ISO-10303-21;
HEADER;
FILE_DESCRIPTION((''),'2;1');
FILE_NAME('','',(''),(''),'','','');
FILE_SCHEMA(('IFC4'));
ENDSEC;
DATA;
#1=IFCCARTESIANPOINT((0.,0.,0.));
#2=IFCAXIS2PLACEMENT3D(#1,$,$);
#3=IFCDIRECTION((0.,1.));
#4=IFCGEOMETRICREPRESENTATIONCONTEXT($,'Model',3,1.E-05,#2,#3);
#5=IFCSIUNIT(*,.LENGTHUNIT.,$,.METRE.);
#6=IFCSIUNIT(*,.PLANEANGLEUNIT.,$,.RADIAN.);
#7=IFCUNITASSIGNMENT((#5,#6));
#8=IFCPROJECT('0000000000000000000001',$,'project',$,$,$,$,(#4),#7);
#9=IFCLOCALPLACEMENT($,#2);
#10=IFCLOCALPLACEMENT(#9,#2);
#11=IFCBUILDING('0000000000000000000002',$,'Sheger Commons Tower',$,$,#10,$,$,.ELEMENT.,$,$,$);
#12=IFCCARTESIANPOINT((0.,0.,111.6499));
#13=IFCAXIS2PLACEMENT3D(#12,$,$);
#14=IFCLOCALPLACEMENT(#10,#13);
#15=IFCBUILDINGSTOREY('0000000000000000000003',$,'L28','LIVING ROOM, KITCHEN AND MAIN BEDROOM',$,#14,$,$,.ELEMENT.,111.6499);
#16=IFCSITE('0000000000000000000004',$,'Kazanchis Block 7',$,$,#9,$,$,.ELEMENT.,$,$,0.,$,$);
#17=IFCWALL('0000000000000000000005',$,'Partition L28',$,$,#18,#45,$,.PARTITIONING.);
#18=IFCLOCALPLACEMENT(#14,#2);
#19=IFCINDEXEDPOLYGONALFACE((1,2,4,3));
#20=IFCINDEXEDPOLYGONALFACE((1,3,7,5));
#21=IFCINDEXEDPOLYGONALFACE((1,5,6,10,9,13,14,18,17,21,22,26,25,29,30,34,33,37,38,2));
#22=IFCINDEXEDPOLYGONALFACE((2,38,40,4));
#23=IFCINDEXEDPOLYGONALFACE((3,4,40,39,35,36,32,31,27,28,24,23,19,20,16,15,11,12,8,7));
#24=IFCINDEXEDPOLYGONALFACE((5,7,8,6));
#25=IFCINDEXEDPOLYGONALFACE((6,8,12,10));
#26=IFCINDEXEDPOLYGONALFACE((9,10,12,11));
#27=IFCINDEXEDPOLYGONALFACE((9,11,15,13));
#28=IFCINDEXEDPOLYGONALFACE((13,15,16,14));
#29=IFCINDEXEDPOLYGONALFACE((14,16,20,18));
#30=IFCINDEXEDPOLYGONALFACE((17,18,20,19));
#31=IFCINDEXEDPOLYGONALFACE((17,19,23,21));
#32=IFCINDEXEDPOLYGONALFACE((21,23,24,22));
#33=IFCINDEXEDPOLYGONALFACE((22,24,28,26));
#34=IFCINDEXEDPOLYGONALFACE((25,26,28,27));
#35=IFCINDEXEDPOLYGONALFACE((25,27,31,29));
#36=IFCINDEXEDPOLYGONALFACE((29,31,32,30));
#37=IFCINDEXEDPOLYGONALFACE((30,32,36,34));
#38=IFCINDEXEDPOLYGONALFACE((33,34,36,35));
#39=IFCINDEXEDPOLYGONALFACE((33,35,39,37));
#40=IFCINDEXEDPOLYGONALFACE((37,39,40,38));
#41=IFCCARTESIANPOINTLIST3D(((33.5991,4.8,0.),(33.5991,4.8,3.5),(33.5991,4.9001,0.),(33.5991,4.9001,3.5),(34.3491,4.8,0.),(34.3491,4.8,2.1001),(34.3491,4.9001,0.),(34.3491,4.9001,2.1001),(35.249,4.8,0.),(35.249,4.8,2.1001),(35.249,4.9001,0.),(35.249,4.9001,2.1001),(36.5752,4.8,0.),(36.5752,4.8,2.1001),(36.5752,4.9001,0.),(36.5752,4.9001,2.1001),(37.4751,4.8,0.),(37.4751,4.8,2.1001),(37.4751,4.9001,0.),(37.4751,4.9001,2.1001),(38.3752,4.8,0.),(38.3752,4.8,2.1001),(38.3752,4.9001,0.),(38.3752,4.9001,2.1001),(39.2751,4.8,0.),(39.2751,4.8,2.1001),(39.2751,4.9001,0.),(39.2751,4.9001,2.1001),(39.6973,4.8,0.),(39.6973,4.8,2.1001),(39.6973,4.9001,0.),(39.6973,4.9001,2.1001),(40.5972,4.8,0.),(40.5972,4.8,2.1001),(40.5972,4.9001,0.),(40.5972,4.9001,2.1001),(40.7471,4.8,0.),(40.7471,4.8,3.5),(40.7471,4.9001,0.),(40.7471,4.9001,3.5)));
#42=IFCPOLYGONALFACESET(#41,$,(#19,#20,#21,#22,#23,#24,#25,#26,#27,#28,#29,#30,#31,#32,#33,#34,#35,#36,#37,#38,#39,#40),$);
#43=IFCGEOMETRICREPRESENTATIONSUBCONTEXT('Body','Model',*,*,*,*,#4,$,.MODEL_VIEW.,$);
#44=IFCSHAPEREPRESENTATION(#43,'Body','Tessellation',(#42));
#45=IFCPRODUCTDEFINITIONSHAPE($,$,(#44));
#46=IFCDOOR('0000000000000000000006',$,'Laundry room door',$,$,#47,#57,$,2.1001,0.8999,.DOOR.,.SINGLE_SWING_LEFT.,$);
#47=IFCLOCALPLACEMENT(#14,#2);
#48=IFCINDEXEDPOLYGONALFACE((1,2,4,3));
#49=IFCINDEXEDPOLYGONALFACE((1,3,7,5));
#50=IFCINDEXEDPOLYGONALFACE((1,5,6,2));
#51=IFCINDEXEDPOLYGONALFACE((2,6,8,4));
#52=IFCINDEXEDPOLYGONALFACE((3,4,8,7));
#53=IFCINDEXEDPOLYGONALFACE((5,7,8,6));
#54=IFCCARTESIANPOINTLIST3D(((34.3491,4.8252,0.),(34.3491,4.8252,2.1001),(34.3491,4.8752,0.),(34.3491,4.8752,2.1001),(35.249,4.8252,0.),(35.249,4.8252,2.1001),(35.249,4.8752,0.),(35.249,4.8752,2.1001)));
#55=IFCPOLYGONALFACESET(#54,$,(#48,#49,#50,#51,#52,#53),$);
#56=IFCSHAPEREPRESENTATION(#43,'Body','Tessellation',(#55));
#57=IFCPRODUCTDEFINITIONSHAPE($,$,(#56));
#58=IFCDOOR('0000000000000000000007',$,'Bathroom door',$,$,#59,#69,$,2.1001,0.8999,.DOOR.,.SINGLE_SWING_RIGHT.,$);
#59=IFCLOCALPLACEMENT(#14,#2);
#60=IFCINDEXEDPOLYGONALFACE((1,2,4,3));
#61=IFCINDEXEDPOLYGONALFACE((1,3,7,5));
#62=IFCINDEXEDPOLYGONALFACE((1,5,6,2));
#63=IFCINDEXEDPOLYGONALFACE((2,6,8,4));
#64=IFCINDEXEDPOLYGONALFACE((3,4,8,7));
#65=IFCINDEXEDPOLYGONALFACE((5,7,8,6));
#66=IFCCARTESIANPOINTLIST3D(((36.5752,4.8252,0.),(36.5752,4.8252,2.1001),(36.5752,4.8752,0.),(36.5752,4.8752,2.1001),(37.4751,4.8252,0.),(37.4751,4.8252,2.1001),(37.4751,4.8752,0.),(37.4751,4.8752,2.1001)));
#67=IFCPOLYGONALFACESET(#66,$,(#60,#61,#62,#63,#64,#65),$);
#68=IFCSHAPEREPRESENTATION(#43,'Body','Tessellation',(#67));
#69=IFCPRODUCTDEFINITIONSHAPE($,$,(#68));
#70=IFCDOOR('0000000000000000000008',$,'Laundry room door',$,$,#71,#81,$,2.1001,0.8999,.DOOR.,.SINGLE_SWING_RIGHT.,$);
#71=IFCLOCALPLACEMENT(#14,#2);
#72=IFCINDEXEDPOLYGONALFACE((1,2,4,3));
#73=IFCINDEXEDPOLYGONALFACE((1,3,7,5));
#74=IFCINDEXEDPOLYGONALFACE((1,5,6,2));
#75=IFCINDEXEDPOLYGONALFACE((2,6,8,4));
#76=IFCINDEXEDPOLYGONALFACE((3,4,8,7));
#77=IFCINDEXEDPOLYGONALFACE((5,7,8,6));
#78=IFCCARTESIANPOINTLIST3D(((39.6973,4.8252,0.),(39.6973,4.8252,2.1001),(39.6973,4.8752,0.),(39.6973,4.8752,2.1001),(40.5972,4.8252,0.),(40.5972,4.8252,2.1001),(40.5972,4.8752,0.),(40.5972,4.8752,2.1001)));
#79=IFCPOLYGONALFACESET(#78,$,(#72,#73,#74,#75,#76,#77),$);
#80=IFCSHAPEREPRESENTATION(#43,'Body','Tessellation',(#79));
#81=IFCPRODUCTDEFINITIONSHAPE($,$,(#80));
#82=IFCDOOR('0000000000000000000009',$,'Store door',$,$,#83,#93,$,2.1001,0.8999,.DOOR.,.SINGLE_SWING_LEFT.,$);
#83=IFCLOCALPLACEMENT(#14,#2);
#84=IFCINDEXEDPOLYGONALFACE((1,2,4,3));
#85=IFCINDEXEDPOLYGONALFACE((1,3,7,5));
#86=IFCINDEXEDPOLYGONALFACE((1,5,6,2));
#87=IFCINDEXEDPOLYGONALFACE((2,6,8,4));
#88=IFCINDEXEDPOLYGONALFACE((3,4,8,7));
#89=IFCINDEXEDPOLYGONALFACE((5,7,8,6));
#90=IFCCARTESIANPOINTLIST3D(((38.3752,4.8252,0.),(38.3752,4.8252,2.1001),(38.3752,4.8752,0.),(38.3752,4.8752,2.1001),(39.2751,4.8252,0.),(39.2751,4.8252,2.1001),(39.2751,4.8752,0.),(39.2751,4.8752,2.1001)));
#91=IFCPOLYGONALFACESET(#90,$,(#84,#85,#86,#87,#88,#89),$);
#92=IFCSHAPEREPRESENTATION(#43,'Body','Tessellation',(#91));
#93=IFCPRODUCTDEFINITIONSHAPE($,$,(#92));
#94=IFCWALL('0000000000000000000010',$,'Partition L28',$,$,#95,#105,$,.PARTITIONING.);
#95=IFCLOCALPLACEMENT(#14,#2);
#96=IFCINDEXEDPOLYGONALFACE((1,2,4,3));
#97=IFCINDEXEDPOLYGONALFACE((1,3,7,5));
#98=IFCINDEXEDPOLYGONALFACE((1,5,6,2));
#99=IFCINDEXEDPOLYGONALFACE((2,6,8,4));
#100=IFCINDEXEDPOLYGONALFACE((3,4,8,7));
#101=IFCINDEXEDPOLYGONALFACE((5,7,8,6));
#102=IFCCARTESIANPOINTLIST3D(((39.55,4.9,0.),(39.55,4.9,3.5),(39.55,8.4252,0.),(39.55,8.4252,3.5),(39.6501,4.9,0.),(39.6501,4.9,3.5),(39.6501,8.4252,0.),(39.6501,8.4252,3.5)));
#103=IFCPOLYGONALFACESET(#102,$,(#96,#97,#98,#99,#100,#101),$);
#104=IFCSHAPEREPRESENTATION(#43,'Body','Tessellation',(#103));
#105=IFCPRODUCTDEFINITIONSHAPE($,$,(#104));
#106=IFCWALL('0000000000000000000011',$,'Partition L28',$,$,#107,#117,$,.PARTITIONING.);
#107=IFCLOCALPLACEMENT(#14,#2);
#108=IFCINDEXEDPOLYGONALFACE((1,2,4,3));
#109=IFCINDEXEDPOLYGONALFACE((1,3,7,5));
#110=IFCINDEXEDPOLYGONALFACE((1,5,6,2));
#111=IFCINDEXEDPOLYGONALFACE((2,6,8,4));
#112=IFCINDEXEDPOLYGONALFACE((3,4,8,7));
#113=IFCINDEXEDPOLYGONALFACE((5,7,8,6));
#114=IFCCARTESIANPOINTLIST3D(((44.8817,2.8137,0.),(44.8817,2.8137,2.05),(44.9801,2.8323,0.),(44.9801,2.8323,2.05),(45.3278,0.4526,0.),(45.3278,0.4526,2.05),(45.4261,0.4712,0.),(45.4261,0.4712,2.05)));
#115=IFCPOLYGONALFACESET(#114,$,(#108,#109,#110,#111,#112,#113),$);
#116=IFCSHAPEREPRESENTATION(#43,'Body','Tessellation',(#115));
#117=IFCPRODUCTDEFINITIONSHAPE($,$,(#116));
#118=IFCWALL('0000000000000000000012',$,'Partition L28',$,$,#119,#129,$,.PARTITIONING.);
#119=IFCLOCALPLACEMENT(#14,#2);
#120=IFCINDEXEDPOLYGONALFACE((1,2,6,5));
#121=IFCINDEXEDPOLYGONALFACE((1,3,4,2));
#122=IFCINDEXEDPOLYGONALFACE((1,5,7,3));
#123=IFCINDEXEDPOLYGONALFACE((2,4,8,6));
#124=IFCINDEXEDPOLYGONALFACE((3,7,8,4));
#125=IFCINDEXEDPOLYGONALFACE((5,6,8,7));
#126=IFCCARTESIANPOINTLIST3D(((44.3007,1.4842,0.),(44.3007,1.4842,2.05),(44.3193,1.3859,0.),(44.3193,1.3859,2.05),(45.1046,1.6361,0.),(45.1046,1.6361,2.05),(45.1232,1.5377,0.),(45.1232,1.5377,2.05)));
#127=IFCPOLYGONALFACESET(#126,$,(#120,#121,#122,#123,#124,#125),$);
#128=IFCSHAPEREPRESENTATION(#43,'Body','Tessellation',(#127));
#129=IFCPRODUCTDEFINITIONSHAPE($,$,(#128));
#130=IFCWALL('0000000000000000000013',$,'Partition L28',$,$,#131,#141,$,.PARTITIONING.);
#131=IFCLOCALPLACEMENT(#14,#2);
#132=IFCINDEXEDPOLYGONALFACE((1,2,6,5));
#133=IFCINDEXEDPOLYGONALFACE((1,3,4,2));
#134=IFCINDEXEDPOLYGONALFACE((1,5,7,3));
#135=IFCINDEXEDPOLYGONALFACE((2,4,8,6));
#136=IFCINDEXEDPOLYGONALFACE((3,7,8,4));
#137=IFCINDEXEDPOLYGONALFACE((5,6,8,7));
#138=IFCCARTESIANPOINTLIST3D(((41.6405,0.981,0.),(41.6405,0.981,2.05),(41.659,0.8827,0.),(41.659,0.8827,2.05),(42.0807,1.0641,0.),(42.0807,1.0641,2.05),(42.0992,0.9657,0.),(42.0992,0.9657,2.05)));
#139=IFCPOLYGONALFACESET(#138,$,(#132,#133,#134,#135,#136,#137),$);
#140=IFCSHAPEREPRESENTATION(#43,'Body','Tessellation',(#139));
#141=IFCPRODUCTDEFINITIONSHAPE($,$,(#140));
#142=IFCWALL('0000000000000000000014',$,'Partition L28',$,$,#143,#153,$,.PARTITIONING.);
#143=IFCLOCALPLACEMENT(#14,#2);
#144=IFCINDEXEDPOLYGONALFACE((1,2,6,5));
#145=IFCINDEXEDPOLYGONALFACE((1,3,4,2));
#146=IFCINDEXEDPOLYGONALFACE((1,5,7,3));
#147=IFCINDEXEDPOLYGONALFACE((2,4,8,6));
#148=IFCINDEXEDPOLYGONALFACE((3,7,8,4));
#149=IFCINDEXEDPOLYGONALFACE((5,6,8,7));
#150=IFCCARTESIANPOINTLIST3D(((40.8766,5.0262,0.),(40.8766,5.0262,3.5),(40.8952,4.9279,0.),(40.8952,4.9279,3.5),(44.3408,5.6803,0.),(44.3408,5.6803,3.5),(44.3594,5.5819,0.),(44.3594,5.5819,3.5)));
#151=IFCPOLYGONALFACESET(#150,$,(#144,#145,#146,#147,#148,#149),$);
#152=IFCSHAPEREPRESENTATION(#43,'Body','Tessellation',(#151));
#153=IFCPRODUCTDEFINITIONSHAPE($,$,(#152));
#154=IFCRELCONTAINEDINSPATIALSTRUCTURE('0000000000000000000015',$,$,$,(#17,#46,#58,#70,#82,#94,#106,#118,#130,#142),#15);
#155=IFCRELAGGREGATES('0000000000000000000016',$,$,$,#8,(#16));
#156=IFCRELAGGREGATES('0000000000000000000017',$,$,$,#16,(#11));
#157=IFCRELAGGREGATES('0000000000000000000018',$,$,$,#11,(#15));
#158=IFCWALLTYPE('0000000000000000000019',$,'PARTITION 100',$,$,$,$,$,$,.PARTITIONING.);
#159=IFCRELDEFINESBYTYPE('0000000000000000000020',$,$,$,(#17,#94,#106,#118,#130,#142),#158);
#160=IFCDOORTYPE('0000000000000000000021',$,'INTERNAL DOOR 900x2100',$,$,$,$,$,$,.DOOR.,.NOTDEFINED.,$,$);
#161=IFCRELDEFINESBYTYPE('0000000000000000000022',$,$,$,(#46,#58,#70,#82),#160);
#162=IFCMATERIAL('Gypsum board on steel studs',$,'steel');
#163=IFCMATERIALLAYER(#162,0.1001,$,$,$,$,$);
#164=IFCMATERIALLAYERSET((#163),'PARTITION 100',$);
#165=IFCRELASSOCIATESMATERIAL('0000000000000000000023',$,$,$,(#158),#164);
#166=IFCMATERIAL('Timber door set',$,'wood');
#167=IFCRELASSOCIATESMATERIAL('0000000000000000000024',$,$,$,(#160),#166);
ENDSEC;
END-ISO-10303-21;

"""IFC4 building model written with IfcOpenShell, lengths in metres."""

from ifc_helpers import new_model, si_unit, direction, frame, frame_2d, origin, place, context, subcontext, project, spatial, rectangle, extrude, material, layer, layer_set, type_object, element, fill, save


model = new_model("IFC4")

# Units and contexts
model_context = context("Model", 3, precision=1e-05, world=origin(), true_north=direction((0.0, 1.0)))
body_context = subcontext(model_context, "Body", "Model", "MODEL_VIEW")
ifc_project = project(units=[si_unit("LENGTHUNIT", "METRE"), si_unit("PLANEANGLEUNIT", "RADIAN")], contexts=[model_context])

# Site, building, storey
site_placement = place(None, origin())
site = spatial("IfcSite", under=ifc_project, at=site_placement, Name="Kazanchis Block 7", CompositionType="ELEMENT", RefElevation=0.0)
building_placement = place(site_placement, origin())
building = spatial("IfcBuilding", under=site, at=building_placement, Name="Sheger Commons Tower", CompositionType="ELEMENT")
storey_placement = place(building_placement, frame((0.0, 0.0, 111.6499)))
storey = spatial("IfcBuildingStorey", under=building, at=storey_placement, Name="L28", Description="LIVING ROOM, KITCHEN AND MAIN BEDROOM", CompositionType="ELEMENT", Elevation=111.6499)

# Wall, openings, doors
ifc_material_1 = material(Name="Gypsum board on steel studs", Category="steel")
ifc_layer_1 = layer(ifc_material_1, 0.1001)
ifc_layer_set_1 = layer_set([ifc_layer_1], Name="PARTITION 100")
wall_type = type_object("IfcWallType", Name="PARTITION 100", PredefinedType="PARTITIONING", material=ifc_layer_set_1)
ifc_material_2 = material(Name="Timber door set", Category="wood")
door_type = type_object("IfcDoorType", Name="INTERNAL DOOR 900x2100", OperationType="NOTDEFINED", PredefinedType="DOOR", material=ifc_material_2)
wall_1_placement = place(storey_placement, frame((40.7471, 4.8501, 0.0), z_axis=(0.0, 0.0, 1.0), x_axis=(-1.0, 0.0, 0.0)))
wall_1 = element("IfcWall", 1, at=wall_1_placement, inside=storey, type_object=wall_type, Name="Partition L28", PredefinedType="PARTITIONING", context=body_context, shape_type="SweptSolid", body=[
    extrude(rectangle(XDim=7.1479, YDim=0.1001, at=frame_2d((3.574, 0.0))), origin(), (0.0, 0.0, 1.0), 3.5),
])
opening_1_placement = place(wall_1_placement, frame((5.498, 0.0, 0.0)))
opening_1 = element("IfcOpeningElement", 2, at=opening_1_placement, cuts=wall_1, PredefinedType="OPENING", context=body_context, shape_type="SweptSolid", body=[
    extrude(rectangle(XDim=0.8999, YDim=2.1001, at=frame_2d((0.45, 1.05))), frame((0.0, 0.0601, 0.0), z_axis=(0.0, -1.0, 0.0), x_axis=(1.0, 0.0, 0.0)), (0.0, 0.0, 1.0), 0.1201),
])
opening_2_placement = place(wall_1_placement, frame((3.272, 0.0, 0.0)))
opening_2 = element("IfcOpeningElement", 3, at=opening_2_placement, cuts=wall_1, PredefinedType="OPENING", context=body_context, shape_type="SweptSolid", body=[
    extrude(rectangle(XDim=0.8999, YDim=2.1001, at=frame_2d((0.45, 1.05))), frame((0.0, 0.0601, 0.0), z_axis=(0.0, -1.0, 0.0), x_axis=(1.0, 0.0, 0.0)), (0.0, 0.0, 1.0), 0.1201),
])
opening_3_placement = place(wall_1_placement, frame((0.1499, 0.0, 0.0)))
opening_3 = element("IfcOpeningElement", 4, at=opening_3_placement, cuts=wall_1, PredefinedType="OPENING", context=body_context, shape_type="SweptSolid", body=[
    extrude(rectangle(XDim=0.8999, YDim=2.1001, at=frame_2d((0.45, 1.05))), frame((0.0, 0.0601, 0.0), z_axis=(0.0, -1.0, 0.0), x_axis=(1.0, 0.0, 0.0)), (0.0, 0.0, 1.0), 0.1201),
])
opening_4_placement = place(wall_1_placement, frame((1.4719, 0.0, 0.0)))
opening_4 = element("IfcOpeningElement", 5, at=opening_4_placement, cuts=wall_1, PredefinedType="OPENING", context=body_context, shape_type="SweptSolid", body=[
    extrude(rectangle(XDim=0.8999, YDim=2.1001, at=frame_2d((0.45, 1.05))), frame((0.0, 0.0601, 0.0), z_axis=(0.0, -1.0, 0.0), x_axis=(1.0, 0.0, 0.0)), (0.0, 0.0, 1.0), 0.1201),
])
door_1_placement = place(opening_1_placement, origin())
door_1 = element("IfcDoor", 6, at=door_1_placement, inside=storey, type_object=door_type, Name="Laundry room door", OperationType="SINGLE_SWING_LEFT", OverallHeight=2.1001, OverallWidth=0.8999, PredefinedType="DOOR", context=body_context, shape_type="SweptSolid", body=[
    extrude(rectangle(XDim=0.8999, YDim=2.1001, at=frame_2d((0.45, 1.05))), frame((0.0, 0.0249, 0.0), z_axis=(0.0, -1.0, 0.0), x_axis=(1.0, 0.0, 0.0)), (0.0, 0.0, 1.0), 0.05),
])
fill(opening_1, door_1)
door_2_placement = place(opening_2_placement, origin())
door_2 = element("IfcDoor", 7, at=door_2_placement, inside=storey, type_object=door_type, Name="Bathroom door", OperationType="SINGLE_SWING_RIGHT", OverallHeight=2.1001, OverallWidth=0.8999, PredefinedType="DOOR", context=body_context, shape_type="SweptSolid", body=[
    extrude(rectangle(XDim=0.8999, YDim=2.1001, at=frame_2d((0.45, 1.05))), frame((0.0, 0.0249, 0.0), z_axis=(0.0, -1.0, 0.0), x_axis=(1.0, 0.0, 0.0)), (0.0, 0.0, 1.0), 0.05),
])
fill(opening_2, door_2)
door_3_placement = place(opening_3_placement, origin())
door_3 = element("IfcDoor", 8, at=door_3_placement, inside=storey, type_object=door_type, Name="Laundry room door", OperationType="SINGLE_SWING_RIGHT", OverallHeight=2.1001, OverallWidth=0.8999, PredefinedType="DOOR", context=body_context, shape_type="SweptSolid", body=[
    extrude(rectangle(XDim=0.8999, YDim=2.1001, at=frame_2d((0.45, 1.05))), frame((0.0, 0.0249, 0.0), z_axis=(0.0, -1.0, 0.0), x_axis=(1.0, 0.0, 0.0)), (0.0, 0.0, 1.0), 0.05),
])
fill(opening_3, door_3)
door_4_placement = place(opening_4_placement, origin())
door_4 = element("IfcDoor", 9, at=door_4_placement, inside=storey, type_object=door_type, Name="Store door", OperationType="SINGLE_SWING_LEFT", OverallHeight=2.1001, OverallWidth=0.8999, PredefinedType="DOOR", context=body_context, shape_type="SweptSolid", body=[
    extrude(rectangle(XDim=0.8999, YDim=2.1001, at=frame_2d((0.45, 1.05))), frame((0.0, 0.0249, 0.0), z_axis=(0.0, -1.0, 0.0), x_axis=(1.0, 0.0, 0.0)), (0.0, 0.0, 1.0), 0.05),
])
fill(opening_4, door_4)

# Walls
wall_2_placement = place(storey_placement, frame((39.6001, 4.8999, 0.0), z_axis=(0.0, 0.0, 1.0), x_axis=(0.0, 1.0, 0.0)))
element("IfcWall", 10, at=wall_2_placement, inside=storey, type_object=wall_type, Name="Partition L28", PredefinedType="PARTITIONING", context=body_context, shape_type="SweptSolid", body=[
    extrude(rectangle(XDim=3.5251, YDim=0.1001, at=frame_2d((1.7627, 0.0))), origin(), (0.0, 0.0, 1.0), 3.5),
])
wall_3_placement = place(storey_placement, frame((44.9309, 2.823, 0.0), z_axis=(0.0, 0.0, 1.0), x_axis=(0.185632, -0.982619, 0.0)))
element("IfcWall", 11, at=wall_3_placement, inside=storey, type_object=wall_type, Name="Partition L28", PredefinedType="PARTITIONING", context=body_context, shape_type="SweptSolid", body=[
    extrude(rectangle(XDim=2.4028, YDim=0.1001, at=frame_2d((1.2014, 0.0))), origin(), (0.0, 0.0, 1.0), 2.05),
])
wall_4_placement = place(storey_placement, frame((45.114, 1.5869, 0.0), z_axis=(0.0, 0.0, 1.0), x_axis=(-0.982625, -0.185604, 0.0)))
element("IfcWall", 12, at=wall_4_placement, inside=storey, type_object=wall_type, Name="Partition L28", PredefinedType="PARTITIONING", context=body_context, shape_type="SweptSolid", body=[
    extrude(rectangle(XDim=0.8181, YDim=0.1001, at=frame_2d((0.4092, 0.0))), origin(), (0.0, 0.0, 1.0), 2.05),
])
wall_5_placement = place(storey_placement, frame((42.0901, 1.0149, 0.0), z_axis=(0.0, 0.0, 1.0), x_axis=(-0.98268, -0.185309, 0.0)))
element("IfcWall", 13, at=wall_5_placement, inside=storey, type_object=wall_type, Name="Partition L28", PredefinedType="PARTITIONING", context=body_context, shape_type="SweptSolid", body=[
    extrude(rectangle(XDim=0.448, YDim=0.1001, at=frame_2d((0.2241, 0.0))), origin(), (0.0, 0.0, 1.0), 2.05),
])
wall_6_placement = place(storey_placement, frame((44.3501, 5.6311, 0.0), z_axis=(0.0, 0.0, 1.0), x_axis=(-0.982639, -0.18553, 0.0)))
element("IfcWall", 14, at=wall_6_placement, inside=storey, type_object=wall_type, Name="Partition L28", PredefinedType="PARTITIONING", context=body_context, shape_type="SweptSolid", body=[
    extrude(rectangle(XDim=3.5254, YDim=0.1001, at=frame_2d((1.7627, 0.0))), origin(), (0.0, 0.0, 1.0), 3.5),
])

save(model, "model.ifc")
